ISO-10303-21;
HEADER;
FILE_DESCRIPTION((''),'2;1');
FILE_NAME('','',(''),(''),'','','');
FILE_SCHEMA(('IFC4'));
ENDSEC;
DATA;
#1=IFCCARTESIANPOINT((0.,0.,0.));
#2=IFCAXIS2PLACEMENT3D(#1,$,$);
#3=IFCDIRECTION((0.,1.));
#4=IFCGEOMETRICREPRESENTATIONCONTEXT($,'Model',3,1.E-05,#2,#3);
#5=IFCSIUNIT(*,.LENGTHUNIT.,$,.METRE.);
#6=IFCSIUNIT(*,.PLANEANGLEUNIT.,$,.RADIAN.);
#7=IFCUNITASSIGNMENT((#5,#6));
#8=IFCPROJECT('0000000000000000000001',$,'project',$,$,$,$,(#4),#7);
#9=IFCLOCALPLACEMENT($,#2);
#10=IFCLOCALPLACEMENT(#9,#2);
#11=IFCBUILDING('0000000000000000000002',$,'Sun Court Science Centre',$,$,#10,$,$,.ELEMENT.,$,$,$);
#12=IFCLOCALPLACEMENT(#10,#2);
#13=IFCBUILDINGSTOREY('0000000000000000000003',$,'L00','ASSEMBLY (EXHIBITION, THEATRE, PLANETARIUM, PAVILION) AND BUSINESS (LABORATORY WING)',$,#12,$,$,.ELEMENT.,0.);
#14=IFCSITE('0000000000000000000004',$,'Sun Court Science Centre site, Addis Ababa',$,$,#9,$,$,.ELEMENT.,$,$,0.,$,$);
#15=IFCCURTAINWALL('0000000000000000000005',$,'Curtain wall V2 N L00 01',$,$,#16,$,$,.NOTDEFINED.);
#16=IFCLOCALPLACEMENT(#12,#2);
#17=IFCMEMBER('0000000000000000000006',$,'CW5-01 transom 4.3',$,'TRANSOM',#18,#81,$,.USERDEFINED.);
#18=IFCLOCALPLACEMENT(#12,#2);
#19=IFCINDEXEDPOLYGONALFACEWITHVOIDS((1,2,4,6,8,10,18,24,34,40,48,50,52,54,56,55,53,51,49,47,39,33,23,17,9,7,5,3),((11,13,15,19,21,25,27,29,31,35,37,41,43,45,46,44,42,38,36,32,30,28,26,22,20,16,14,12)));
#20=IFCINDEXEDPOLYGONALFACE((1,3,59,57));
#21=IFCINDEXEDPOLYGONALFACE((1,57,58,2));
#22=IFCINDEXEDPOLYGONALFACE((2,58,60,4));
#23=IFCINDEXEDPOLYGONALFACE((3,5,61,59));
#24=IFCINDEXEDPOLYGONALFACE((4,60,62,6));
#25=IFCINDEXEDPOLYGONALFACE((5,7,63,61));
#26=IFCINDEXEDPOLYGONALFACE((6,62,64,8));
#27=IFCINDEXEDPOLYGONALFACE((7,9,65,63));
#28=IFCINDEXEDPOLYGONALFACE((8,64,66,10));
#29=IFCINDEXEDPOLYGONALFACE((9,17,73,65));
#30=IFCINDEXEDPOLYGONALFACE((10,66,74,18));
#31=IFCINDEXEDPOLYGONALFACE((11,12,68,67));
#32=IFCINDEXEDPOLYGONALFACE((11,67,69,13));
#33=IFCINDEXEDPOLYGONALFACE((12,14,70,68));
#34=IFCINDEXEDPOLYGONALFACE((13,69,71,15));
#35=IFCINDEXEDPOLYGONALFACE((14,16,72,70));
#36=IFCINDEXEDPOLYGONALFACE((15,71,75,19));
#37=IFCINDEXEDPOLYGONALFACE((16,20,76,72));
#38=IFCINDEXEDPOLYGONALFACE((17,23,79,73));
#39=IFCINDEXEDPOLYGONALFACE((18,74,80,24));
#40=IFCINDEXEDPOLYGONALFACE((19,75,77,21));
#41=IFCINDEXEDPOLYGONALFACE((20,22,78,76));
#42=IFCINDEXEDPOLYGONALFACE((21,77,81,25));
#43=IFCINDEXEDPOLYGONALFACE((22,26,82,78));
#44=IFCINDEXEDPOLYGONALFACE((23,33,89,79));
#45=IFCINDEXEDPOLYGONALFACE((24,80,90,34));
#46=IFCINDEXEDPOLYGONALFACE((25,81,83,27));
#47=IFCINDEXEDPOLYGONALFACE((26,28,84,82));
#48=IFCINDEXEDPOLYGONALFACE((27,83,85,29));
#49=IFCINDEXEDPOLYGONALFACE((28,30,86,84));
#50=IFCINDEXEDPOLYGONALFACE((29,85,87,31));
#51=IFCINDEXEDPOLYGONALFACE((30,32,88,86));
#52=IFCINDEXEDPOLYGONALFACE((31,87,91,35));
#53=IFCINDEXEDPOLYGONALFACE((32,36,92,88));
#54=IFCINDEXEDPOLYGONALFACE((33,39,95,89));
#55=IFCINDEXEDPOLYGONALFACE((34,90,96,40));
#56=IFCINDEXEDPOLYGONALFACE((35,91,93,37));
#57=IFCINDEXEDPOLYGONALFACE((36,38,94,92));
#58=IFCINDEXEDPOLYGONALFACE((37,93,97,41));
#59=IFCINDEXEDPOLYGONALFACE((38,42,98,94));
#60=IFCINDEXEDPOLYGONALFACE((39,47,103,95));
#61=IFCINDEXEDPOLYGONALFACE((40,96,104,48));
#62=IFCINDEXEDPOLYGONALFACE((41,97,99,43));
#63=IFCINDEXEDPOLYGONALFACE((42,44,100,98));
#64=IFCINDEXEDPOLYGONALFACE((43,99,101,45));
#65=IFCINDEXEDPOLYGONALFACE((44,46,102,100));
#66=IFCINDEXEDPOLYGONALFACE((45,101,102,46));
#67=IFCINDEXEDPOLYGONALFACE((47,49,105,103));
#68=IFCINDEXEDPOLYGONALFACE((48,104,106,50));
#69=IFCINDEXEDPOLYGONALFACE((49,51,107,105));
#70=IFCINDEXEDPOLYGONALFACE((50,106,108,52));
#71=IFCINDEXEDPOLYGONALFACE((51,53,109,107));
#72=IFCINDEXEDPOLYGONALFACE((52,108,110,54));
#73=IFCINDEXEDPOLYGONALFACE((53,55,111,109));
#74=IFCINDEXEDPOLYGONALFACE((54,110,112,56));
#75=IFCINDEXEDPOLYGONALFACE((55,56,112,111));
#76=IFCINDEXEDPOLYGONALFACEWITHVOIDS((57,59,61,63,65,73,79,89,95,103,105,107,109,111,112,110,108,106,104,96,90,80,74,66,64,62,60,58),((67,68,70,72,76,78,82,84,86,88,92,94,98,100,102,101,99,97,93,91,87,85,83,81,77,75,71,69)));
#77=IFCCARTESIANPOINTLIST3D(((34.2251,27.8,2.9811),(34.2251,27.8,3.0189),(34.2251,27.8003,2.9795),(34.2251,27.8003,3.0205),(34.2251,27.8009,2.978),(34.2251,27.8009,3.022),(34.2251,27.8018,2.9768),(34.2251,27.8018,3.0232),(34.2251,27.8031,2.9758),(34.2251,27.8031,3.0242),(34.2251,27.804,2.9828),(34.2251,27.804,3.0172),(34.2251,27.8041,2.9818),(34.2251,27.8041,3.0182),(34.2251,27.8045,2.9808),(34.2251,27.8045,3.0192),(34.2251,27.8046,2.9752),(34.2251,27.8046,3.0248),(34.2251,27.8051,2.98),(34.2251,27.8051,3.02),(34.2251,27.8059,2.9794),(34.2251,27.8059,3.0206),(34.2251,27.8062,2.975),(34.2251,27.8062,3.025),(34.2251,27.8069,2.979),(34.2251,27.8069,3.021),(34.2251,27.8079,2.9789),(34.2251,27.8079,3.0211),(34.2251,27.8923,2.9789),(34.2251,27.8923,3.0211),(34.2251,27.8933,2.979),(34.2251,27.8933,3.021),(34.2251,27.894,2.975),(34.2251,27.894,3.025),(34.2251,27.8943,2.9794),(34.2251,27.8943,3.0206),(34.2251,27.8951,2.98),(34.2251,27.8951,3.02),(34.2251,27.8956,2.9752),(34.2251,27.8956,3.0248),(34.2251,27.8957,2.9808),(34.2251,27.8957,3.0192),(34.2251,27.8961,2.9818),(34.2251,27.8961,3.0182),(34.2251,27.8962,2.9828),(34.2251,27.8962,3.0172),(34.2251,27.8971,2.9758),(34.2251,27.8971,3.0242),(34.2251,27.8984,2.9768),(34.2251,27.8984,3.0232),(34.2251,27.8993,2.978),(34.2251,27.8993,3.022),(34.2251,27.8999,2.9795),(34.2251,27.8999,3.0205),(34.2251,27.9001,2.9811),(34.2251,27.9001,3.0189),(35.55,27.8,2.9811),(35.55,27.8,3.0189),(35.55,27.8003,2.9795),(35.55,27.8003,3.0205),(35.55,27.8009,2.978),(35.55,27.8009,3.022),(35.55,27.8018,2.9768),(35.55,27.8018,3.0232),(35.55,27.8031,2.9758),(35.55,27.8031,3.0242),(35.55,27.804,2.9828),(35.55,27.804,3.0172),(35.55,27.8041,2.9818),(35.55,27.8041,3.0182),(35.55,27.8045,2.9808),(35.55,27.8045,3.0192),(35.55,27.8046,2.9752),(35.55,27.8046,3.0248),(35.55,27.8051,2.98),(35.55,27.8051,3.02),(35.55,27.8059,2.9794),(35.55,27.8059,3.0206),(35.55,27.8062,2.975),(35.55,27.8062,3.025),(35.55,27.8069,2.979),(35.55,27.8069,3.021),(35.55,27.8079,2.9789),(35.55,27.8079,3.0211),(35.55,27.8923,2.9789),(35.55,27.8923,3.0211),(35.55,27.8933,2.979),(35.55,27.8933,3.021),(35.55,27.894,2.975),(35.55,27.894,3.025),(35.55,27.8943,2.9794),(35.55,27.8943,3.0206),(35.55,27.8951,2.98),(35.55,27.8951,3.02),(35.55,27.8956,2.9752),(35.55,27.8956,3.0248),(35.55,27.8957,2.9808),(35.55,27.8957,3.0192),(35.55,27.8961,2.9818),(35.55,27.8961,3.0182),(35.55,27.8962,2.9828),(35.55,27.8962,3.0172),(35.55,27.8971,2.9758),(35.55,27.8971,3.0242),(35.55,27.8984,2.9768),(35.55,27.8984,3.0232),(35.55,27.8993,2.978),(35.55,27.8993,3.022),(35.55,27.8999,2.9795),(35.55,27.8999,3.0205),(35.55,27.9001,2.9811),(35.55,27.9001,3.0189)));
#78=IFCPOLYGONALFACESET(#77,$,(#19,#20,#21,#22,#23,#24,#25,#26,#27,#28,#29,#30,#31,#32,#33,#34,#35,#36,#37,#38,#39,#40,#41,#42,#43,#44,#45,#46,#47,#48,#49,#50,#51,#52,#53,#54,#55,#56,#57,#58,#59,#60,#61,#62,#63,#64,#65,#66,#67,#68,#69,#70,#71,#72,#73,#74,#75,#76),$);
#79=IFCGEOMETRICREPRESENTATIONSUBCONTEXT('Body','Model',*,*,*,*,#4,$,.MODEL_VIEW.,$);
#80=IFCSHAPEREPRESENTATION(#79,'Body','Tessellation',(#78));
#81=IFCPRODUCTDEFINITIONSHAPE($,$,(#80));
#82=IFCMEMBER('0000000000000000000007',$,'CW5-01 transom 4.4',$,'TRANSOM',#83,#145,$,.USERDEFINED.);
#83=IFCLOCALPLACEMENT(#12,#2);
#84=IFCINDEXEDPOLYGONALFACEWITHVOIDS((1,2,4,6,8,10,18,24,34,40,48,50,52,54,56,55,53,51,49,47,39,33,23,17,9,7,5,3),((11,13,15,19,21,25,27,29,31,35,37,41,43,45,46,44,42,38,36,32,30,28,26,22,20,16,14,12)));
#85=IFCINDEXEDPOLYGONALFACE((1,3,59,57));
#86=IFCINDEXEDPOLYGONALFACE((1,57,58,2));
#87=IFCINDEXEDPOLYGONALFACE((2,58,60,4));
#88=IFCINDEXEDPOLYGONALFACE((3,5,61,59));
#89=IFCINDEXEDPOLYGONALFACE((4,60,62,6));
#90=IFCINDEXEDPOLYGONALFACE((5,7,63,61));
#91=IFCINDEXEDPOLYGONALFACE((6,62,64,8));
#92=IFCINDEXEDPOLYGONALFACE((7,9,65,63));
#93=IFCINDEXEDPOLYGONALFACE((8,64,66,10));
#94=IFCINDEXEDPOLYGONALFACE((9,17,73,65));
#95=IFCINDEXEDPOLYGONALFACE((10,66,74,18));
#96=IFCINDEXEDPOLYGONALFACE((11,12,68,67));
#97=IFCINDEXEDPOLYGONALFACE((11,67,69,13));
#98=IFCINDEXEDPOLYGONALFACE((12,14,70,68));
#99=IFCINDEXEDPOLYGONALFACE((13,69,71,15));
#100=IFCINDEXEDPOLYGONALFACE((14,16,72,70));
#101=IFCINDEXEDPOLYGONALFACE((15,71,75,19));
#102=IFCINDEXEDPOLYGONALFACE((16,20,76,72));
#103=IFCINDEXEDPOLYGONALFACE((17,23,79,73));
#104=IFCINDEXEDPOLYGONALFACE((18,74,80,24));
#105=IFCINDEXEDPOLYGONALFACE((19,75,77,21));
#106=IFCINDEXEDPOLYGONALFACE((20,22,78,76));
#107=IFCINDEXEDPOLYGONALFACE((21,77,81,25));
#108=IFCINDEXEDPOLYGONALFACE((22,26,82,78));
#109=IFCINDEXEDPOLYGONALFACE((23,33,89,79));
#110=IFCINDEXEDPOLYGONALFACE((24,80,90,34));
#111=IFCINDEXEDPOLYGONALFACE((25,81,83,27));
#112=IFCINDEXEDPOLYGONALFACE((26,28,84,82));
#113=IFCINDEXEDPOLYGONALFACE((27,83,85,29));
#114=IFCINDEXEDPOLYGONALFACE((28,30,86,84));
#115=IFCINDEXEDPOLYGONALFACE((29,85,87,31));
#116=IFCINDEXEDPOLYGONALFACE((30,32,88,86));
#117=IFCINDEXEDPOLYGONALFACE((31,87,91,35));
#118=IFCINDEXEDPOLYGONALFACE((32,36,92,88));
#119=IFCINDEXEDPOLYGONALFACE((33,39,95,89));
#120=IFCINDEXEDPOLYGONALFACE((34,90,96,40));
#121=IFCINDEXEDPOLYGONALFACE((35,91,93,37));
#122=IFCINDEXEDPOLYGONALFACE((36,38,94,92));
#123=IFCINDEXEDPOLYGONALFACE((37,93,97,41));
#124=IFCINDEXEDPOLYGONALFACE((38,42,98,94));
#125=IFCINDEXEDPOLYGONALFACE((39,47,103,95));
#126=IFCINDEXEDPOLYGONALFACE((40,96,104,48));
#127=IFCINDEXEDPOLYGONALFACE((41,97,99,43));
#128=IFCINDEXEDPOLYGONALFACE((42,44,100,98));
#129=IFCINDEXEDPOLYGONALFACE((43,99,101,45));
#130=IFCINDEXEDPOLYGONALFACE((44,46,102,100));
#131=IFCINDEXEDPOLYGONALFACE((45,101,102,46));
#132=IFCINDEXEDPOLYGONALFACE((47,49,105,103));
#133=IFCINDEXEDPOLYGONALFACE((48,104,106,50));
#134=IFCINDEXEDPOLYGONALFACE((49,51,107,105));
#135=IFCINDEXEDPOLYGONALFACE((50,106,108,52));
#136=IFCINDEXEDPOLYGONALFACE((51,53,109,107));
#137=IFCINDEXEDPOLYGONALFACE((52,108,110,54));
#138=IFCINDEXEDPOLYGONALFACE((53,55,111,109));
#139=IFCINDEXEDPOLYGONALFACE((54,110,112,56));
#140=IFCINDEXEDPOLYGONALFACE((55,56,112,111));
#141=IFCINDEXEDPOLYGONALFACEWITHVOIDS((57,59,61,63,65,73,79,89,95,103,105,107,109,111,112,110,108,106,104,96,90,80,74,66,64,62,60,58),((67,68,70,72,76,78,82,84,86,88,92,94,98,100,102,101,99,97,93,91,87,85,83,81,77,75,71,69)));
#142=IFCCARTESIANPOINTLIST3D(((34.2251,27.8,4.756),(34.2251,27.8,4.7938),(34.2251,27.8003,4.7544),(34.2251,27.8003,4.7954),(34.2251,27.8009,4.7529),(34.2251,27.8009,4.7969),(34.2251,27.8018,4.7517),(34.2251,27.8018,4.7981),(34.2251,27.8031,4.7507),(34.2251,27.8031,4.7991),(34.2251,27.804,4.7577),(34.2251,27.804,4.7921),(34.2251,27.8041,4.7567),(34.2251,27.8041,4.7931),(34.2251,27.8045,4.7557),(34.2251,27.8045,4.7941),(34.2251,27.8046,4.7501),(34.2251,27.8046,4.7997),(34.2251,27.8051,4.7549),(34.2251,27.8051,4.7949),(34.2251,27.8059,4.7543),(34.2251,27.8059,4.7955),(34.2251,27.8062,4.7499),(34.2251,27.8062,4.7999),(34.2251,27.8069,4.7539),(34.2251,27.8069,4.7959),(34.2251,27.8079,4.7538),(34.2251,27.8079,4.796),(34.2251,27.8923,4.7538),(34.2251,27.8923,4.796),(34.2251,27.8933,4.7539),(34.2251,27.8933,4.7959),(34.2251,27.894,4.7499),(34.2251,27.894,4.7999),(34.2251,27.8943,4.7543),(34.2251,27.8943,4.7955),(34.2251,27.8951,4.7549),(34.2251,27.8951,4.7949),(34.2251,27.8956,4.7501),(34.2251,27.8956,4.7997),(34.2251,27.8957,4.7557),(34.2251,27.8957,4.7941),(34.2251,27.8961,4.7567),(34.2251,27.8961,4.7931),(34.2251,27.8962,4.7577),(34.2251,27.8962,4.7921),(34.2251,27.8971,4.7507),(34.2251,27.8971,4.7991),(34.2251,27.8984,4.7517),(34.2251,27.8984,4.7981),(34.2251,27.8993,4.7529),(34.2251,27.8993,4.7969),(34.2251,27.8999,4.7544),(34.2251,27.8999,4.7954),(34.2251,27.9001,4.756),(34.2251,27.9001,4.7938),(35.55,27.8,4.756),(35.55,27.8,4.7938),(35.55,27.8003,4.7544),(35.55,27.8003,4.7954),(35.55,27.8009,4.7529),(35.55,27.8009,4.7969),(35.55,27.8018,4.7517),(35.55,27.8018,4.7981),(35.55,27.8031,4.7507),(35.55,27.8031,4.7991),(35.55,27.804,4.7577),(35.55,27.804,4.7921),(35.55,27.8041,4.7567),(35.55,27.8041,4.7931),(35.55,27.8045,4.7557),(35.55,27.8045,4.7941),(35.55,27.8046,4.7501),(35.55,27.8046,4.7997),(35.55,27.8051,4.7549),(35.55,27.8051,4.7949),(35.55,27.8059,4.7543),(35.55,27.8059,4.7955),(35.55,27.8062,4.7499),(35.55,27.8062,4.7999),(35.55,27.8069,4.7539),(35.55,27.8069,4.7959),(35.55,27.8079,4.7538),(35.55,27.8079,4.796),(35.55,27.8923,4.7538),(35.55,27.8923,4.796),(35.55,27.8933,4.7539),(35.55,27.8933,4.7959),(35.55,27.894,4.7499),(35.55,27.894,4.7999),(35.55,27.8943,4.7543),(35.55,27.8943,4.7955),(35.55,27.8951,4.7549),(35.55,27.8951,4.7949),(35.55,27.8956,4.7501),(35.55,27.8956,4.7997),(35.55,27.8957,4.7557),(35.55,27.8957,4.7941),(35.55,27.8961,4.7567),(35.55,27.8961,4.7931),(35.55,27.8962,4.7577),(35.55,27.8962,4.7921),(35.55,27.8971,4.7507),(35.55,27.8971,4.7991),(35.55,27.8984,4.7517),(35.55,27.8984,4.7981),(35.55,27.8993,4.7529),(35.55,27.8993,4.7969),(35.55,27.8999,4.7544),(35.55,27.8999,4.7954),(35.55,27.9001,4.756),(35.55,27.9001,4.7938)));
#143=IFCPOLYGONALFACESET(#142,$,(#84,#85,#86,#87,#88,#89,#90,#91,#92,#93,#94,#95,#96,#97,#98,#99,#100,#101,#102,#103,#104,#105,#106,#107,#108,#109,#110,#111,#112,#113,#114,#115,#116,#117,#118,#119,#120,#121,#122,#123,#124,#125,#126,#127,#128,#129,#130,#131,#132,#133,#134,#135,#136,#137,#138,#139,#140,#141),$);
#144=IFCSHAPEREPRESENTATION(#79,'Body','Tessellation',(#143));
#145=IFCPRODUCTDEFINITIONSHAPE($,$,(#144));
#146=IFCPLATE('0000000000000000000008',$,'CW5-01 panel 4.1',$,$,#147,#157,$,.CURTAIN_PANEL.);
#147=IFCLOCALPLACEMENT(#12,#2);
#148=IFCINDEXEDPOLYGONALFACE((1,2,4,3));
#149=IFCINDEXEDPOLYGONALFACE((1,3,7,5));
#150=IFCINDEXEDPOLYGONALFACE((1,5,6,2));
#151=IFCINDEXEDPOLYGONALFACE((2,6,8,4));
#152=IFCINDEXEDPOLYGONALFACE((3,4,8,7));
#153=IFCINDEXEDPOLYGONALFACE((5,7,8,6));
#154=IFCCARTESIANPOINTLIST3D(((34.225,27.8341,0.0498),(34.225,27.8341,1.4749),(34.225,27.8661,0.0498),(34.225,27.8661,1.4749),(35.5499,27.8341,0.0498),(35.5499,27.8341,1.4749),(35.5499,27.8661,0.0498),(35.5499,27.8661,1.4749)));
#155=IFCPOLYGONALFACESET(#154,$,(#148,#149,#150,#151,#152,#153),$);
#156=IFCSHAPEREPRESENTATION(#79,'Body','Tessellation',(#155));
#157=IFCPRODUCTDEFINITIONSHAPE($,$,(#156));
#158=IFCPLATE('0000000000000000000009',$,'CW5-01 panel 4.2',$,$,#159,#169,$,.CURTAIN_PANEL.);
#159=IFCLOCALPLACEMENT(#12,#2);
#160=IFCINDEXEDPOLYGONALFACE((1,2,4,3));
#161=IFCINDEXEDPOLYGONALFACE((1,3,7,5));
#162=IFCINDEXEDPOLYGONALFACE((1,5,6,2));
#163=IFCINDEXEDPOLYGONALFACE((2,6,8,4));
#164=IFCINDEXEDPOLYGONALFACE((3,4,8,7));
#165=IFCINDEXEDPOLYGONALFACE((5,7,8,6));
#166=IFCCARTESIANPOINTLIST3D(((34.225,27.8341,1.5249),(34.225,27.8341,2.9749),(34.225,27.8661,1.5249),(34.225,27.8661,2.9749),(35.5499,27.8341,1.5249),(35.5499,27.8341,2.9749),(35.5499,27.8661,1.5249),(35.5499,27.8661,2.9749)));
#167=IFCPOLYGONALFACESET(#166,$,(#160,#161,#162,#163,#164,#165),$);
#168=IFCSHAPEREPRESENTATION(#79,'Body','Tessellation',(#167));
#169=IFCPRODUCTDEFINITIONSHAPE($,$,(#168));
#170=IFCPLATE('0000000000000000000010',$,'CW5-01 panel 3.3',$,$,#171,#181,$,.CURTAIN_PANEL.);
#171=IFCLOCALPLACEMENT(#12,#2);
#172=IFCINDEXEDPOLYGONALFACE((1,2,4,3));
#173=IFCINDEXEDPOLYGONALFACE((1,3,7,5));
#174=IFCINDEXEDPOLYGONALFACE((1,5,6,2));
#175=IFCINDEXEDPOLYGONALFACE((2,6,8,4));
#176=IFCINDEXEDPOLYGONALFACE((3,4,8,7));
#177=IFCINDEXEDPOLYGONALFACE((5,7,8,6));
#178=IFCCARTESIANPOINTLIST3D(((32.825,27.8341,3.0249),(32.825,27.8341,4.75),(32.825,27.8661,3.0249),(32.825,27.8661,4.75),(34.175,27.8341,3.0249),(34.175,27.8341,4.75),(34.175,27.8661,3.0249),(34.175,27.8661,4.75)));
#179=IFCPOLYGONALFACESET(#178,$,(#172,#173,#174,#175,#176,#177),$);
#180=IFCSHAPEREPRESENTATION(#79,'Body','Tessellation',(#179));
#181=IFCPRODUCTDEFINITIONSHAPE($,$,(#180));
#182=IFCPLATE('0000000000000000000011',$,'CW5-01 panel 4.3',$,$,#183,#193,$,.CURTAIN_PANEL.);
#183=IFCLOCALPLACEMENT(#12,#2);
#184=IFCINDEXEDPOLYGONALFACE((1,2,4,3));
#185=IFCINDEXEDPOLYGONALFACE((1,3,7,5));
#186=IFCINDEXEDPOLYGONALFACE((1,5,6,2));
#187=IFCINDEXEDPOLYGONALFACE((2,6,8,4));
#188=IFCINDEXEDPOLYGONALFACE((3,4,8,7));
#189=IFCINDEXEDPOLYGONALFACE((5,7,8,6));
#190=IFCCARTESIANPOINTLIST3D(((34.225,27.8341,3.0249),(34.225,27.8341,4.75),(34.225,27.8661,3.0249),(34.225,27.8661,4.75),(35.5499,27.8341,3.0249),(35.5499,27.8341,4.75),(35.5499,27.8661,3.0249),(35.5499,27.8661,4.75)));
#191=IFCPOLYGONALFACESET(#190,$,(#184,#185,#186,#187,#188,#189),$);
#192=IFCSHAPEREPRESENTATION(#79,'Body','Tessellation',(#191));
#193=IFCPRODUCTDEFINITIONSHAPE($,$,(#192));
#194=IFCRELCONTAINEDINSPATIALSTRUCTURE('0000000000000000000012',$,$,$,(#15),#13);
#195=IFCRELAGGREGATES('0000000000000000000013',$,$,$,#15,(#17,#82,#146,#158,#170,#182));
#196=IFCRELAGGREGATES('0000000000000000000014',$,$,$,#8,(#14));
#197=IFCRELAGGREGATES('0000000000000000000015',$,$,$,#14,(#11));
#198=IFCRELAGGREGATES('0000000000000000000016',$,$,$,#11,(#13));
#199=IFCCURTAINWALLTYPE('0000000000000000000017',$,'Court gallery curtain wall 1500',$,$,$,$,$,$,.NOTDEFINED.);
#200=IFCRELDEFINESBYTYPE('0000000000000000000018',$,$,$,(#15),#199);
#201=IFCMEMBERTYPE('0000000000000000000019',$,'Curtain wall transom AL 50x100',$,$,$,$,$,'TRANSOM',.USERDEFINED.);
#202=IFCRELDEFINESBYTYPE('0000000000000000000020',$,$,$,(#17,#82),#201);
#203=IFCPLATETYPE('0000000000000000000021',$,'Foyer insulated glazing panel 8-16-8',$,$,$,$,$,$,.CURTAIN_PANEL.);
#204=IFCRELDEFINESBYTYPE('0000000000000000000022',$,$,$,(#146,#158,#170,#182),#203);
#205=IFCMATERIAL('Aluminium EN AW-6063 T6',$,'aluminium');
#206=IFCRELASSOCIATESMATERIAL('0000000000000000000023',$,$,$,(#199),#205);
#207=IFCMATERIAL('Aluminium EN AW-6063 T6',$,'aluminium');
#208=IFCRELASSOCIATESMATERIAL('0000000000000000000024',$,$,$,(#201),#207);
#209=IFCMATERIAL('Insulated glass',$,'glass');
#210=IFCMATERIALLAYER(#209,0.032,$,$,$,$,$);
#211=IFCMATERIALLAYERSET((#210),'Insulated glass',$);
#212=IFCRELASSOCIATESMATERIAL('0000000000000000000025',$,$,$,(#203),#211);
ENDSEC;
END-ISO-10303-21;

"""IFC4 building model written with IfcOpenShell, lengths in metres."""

from ifc_helpers import new_model, si_unit, direction, frame, origin, origin_2d, place, context, subcontext, project, spatial, rectangle, hollow_rectangle, extrude, material, layer, layer_set, material_profile, profile_set, type_object, element, aggregate, save


model = new_model("IFC4")

# Units and contexts
model_context = context("Model", 3, precision=1e-05, world=origin(), true_north=direction((0.0, 1.0)))
body_context = subcontext(model_context, "Body", "Model", "MODEL_VIEW")
ifc_project = project(units=[si_unit("LENGTHUNIT", "METRE"), si_unit("PLANEANGLEUNIT", "RADIAN")], contexts=[model_context])

# Site, building, storey
site_placement = place(None, origin())
site = spatial("IfcSite", under=ifc_project, at=site_placement, Name="Sun Court Science Centre site, Addis Ababa", CompositionType="ELEMENT", RefElevation=0.0)
building_placement = place(site_placement, origin())
building = spatial("IfcBuilding", under=site, at=building_placement, Name="Sun Court Science Centre", CompositionType="ELEMENT")
storey_placement = place(building_placement, origin())
storey = spatial("IfcBuildingStorey", under=building, at=storey_placement, Name="L00", Description="ASSEMBLY (EXHIBITION, THEATRE, PLANETARIUM, PAVILION) AND BUSINESS (LABORATORY WING)", CompositionType="ELEMENT", Elevation=0.0)

# Curtain wall, members, plates
ifc_material_1 = material(Name="Aluminium EN AW-6063 T6", Category="aluminium")
curtain_wall_type = type_object("IfcCurtainWallType", Name="Court gallery curtain wall 1500", PredefinedType="NOTDEFINED", material=ifc_material_1)
curtain_wall_placement = place(storey_placement, origin())
curtain_wall = element("IfcCurtainWall", 1, at=curtain_wall_placement, inside=storey, type_object=curtain_wall_type, Name="Curtain wall V2 N L00 01", PredefinedType="NOTDEFINED")
ifc_material_2 = material(Name="Aluminium EN AW-6063 T6", Category="aluminium")
ifc_material_profile_1 = material_profile(ifc_material_2, hollow_rectangle(XDim=0.05, YDim=0.1001, WallThickness=0.0039, InnerFilletRadius=0.0039, OuterFilletRadius=0.0061, at=origin_2d()), Name="AL 50x100x4")
ifc_profile_set_1 = profile_set([ifc_material_profile_1], Name="Aluminium EN AW-6063 T6")
member_type_1 = type_object("IfcMemberType", Name="Curtain wall transom AL 50x100", ElementType="TRANSOM", PredefinedType="USERDEFINED", material=ifc_profile_set_1)
member_1_placement = place(storey_placement, frame((34.2251, 27.8501, 3.0), z_axis=(1.0, 0.0, 0.0), x_axis=(0.0, 0.0, 1.0)))
member_1 = element("IfcMember", 2, at=member_1_placement, type_object=member_type_1, Name="CW5-01 transom 4.3", ObjectType="TRANSOM", PredefinedType="USERDEFINED", context=body_context, shape_type="SweptSolid", body=[
    extrude(hollow_rectangle(XDim=0.05, YDim=0.1001, WallThickness=0.0039, InnerFilletRadius=0.0039, OuterFilletRadius=0.0061, at=origin_2d()), origin(), (0.0, 0.0, 1.0), 1.325),
])
member_2_placement = place(storey_placement, frame((34.2251, 27.8501, 4.7749), z_axis=(1.0, 0.0, 0.0), x_axis=(0.0, 0.0, 1.0)))
member_2 = element("IfcMember", 3, at=member_2_placement, type_object=member_type_1, Name="CW5-01 transom 4.4", ObjectType="TRANSOM", PredefinedType="USERDEFINED", context=body_context, shape_type="SweptSolid", body=[
    extrude(hollow_rectangle(XDim=0.05, YDim=0.1001, WallThickness=0.0039, InnerFilletRadius=0.0039, OuterFilletRadius=0.0061, at=origin_2d()), origin(), (0.0, 0.0, 1.0), 1.325),
])
ifc_material_3 = material(Name="Insulated glass", Category="glass")
ifc_layer_1 = layer(ifc_material_3, 0.032)
ifc_layer_set_1 = layer_set([ifc_layer_1], Name="Insulated glass")
plate_type = type_object("IfcPlateType", Name="Foyer insulated glazing panel 8-16-8", PredefinedType="CURTAIN_PANEL", material=ifc_layer_set_1)
plate_1_placement = place(storey_placement, frame((34.8875, 27.8501, 0.0498), z_axis=(0.0, 0.0, 1.0), x_axis=(1.0, 0.0, 0.0)))
plate_1 = element("IfcPlate", 4, at=plate_1_placement, type_object=plate_type, Name="CW5-01 panel 4.1", PredefinedType="CURTAIN_PANEL", context=body_context, shape_type="SweptSolid", body=[
    extrude(rectangle(XDim=1.325, YDim=0.032, at=origin_2d()), origin(), (0.0, 0.0, 1.0), 1.425),
])
plate_2_placement = place(storey_placement, frame((34.8875, 27.8501, 1.5249), z_axis=(0.0, 0.0, 1.0), x_axis=(1.0, 0.0, 0.0)))
plate_2 = element("IfcPlate", 5, at=plate_2_placement, type_object=plate_type, Name="CW5-01 panel 4.2", PredefinedType="CURTAIN_PANEL", context=body_context, shape_type="SweptSolid", body=[
    extrude(rectangle(XDim=1.325, YDim=0.032, at=origin_2d()), origin(), (0.0, 0.0, 1.0), 1.45),
])
plate_3_placement = place(storey_placement, frame((33.5, 27.8501, 3.0249), z_axis=(0.0, 0.0, 1.0), x_axis=(1.0, 0.0, 0.0)))
plate_3 = element("IfcPlate", 6, at=plate_3_placement, type_object=plate_type, Name="CW5-01 panel 3.3", PredefinedType="CURTAIN_PANEL", context=body_context, shape_type="SweptSolid", body=[
    extrude(rectangle(XDim=1.3501, YDim=0.032, at=origin_2d()), origin(), (0.0, 0.0, 1.0), 1.7251),
])
plate_4_placement = place(storey_placement, frame((34.8875, 27.8501, 3.0249), z_axis=(0.0, 0.0, 1.0), x_axis=(1.0, 0.0, 0.0)))
plate_4 = element("IfcPlate", 7, at=plate_4_placement, type_object=plate_type, Name="CW5-01 panel 4.3", PredefinedType="CURTAIN_PANEL", context=body_context, shape_type="SweptSolid", body=[
    extrude(rectangle(XDim=1.325, YDim=0.032, at=origin_2d()), origin(), (0.0, 0.0, 1.0), 1.7251),
])
aggregate(curtain_wall, [member_1, member_2, plate_1, plate_2, plate_3, plate_4])

save(model, "model.ifc")
